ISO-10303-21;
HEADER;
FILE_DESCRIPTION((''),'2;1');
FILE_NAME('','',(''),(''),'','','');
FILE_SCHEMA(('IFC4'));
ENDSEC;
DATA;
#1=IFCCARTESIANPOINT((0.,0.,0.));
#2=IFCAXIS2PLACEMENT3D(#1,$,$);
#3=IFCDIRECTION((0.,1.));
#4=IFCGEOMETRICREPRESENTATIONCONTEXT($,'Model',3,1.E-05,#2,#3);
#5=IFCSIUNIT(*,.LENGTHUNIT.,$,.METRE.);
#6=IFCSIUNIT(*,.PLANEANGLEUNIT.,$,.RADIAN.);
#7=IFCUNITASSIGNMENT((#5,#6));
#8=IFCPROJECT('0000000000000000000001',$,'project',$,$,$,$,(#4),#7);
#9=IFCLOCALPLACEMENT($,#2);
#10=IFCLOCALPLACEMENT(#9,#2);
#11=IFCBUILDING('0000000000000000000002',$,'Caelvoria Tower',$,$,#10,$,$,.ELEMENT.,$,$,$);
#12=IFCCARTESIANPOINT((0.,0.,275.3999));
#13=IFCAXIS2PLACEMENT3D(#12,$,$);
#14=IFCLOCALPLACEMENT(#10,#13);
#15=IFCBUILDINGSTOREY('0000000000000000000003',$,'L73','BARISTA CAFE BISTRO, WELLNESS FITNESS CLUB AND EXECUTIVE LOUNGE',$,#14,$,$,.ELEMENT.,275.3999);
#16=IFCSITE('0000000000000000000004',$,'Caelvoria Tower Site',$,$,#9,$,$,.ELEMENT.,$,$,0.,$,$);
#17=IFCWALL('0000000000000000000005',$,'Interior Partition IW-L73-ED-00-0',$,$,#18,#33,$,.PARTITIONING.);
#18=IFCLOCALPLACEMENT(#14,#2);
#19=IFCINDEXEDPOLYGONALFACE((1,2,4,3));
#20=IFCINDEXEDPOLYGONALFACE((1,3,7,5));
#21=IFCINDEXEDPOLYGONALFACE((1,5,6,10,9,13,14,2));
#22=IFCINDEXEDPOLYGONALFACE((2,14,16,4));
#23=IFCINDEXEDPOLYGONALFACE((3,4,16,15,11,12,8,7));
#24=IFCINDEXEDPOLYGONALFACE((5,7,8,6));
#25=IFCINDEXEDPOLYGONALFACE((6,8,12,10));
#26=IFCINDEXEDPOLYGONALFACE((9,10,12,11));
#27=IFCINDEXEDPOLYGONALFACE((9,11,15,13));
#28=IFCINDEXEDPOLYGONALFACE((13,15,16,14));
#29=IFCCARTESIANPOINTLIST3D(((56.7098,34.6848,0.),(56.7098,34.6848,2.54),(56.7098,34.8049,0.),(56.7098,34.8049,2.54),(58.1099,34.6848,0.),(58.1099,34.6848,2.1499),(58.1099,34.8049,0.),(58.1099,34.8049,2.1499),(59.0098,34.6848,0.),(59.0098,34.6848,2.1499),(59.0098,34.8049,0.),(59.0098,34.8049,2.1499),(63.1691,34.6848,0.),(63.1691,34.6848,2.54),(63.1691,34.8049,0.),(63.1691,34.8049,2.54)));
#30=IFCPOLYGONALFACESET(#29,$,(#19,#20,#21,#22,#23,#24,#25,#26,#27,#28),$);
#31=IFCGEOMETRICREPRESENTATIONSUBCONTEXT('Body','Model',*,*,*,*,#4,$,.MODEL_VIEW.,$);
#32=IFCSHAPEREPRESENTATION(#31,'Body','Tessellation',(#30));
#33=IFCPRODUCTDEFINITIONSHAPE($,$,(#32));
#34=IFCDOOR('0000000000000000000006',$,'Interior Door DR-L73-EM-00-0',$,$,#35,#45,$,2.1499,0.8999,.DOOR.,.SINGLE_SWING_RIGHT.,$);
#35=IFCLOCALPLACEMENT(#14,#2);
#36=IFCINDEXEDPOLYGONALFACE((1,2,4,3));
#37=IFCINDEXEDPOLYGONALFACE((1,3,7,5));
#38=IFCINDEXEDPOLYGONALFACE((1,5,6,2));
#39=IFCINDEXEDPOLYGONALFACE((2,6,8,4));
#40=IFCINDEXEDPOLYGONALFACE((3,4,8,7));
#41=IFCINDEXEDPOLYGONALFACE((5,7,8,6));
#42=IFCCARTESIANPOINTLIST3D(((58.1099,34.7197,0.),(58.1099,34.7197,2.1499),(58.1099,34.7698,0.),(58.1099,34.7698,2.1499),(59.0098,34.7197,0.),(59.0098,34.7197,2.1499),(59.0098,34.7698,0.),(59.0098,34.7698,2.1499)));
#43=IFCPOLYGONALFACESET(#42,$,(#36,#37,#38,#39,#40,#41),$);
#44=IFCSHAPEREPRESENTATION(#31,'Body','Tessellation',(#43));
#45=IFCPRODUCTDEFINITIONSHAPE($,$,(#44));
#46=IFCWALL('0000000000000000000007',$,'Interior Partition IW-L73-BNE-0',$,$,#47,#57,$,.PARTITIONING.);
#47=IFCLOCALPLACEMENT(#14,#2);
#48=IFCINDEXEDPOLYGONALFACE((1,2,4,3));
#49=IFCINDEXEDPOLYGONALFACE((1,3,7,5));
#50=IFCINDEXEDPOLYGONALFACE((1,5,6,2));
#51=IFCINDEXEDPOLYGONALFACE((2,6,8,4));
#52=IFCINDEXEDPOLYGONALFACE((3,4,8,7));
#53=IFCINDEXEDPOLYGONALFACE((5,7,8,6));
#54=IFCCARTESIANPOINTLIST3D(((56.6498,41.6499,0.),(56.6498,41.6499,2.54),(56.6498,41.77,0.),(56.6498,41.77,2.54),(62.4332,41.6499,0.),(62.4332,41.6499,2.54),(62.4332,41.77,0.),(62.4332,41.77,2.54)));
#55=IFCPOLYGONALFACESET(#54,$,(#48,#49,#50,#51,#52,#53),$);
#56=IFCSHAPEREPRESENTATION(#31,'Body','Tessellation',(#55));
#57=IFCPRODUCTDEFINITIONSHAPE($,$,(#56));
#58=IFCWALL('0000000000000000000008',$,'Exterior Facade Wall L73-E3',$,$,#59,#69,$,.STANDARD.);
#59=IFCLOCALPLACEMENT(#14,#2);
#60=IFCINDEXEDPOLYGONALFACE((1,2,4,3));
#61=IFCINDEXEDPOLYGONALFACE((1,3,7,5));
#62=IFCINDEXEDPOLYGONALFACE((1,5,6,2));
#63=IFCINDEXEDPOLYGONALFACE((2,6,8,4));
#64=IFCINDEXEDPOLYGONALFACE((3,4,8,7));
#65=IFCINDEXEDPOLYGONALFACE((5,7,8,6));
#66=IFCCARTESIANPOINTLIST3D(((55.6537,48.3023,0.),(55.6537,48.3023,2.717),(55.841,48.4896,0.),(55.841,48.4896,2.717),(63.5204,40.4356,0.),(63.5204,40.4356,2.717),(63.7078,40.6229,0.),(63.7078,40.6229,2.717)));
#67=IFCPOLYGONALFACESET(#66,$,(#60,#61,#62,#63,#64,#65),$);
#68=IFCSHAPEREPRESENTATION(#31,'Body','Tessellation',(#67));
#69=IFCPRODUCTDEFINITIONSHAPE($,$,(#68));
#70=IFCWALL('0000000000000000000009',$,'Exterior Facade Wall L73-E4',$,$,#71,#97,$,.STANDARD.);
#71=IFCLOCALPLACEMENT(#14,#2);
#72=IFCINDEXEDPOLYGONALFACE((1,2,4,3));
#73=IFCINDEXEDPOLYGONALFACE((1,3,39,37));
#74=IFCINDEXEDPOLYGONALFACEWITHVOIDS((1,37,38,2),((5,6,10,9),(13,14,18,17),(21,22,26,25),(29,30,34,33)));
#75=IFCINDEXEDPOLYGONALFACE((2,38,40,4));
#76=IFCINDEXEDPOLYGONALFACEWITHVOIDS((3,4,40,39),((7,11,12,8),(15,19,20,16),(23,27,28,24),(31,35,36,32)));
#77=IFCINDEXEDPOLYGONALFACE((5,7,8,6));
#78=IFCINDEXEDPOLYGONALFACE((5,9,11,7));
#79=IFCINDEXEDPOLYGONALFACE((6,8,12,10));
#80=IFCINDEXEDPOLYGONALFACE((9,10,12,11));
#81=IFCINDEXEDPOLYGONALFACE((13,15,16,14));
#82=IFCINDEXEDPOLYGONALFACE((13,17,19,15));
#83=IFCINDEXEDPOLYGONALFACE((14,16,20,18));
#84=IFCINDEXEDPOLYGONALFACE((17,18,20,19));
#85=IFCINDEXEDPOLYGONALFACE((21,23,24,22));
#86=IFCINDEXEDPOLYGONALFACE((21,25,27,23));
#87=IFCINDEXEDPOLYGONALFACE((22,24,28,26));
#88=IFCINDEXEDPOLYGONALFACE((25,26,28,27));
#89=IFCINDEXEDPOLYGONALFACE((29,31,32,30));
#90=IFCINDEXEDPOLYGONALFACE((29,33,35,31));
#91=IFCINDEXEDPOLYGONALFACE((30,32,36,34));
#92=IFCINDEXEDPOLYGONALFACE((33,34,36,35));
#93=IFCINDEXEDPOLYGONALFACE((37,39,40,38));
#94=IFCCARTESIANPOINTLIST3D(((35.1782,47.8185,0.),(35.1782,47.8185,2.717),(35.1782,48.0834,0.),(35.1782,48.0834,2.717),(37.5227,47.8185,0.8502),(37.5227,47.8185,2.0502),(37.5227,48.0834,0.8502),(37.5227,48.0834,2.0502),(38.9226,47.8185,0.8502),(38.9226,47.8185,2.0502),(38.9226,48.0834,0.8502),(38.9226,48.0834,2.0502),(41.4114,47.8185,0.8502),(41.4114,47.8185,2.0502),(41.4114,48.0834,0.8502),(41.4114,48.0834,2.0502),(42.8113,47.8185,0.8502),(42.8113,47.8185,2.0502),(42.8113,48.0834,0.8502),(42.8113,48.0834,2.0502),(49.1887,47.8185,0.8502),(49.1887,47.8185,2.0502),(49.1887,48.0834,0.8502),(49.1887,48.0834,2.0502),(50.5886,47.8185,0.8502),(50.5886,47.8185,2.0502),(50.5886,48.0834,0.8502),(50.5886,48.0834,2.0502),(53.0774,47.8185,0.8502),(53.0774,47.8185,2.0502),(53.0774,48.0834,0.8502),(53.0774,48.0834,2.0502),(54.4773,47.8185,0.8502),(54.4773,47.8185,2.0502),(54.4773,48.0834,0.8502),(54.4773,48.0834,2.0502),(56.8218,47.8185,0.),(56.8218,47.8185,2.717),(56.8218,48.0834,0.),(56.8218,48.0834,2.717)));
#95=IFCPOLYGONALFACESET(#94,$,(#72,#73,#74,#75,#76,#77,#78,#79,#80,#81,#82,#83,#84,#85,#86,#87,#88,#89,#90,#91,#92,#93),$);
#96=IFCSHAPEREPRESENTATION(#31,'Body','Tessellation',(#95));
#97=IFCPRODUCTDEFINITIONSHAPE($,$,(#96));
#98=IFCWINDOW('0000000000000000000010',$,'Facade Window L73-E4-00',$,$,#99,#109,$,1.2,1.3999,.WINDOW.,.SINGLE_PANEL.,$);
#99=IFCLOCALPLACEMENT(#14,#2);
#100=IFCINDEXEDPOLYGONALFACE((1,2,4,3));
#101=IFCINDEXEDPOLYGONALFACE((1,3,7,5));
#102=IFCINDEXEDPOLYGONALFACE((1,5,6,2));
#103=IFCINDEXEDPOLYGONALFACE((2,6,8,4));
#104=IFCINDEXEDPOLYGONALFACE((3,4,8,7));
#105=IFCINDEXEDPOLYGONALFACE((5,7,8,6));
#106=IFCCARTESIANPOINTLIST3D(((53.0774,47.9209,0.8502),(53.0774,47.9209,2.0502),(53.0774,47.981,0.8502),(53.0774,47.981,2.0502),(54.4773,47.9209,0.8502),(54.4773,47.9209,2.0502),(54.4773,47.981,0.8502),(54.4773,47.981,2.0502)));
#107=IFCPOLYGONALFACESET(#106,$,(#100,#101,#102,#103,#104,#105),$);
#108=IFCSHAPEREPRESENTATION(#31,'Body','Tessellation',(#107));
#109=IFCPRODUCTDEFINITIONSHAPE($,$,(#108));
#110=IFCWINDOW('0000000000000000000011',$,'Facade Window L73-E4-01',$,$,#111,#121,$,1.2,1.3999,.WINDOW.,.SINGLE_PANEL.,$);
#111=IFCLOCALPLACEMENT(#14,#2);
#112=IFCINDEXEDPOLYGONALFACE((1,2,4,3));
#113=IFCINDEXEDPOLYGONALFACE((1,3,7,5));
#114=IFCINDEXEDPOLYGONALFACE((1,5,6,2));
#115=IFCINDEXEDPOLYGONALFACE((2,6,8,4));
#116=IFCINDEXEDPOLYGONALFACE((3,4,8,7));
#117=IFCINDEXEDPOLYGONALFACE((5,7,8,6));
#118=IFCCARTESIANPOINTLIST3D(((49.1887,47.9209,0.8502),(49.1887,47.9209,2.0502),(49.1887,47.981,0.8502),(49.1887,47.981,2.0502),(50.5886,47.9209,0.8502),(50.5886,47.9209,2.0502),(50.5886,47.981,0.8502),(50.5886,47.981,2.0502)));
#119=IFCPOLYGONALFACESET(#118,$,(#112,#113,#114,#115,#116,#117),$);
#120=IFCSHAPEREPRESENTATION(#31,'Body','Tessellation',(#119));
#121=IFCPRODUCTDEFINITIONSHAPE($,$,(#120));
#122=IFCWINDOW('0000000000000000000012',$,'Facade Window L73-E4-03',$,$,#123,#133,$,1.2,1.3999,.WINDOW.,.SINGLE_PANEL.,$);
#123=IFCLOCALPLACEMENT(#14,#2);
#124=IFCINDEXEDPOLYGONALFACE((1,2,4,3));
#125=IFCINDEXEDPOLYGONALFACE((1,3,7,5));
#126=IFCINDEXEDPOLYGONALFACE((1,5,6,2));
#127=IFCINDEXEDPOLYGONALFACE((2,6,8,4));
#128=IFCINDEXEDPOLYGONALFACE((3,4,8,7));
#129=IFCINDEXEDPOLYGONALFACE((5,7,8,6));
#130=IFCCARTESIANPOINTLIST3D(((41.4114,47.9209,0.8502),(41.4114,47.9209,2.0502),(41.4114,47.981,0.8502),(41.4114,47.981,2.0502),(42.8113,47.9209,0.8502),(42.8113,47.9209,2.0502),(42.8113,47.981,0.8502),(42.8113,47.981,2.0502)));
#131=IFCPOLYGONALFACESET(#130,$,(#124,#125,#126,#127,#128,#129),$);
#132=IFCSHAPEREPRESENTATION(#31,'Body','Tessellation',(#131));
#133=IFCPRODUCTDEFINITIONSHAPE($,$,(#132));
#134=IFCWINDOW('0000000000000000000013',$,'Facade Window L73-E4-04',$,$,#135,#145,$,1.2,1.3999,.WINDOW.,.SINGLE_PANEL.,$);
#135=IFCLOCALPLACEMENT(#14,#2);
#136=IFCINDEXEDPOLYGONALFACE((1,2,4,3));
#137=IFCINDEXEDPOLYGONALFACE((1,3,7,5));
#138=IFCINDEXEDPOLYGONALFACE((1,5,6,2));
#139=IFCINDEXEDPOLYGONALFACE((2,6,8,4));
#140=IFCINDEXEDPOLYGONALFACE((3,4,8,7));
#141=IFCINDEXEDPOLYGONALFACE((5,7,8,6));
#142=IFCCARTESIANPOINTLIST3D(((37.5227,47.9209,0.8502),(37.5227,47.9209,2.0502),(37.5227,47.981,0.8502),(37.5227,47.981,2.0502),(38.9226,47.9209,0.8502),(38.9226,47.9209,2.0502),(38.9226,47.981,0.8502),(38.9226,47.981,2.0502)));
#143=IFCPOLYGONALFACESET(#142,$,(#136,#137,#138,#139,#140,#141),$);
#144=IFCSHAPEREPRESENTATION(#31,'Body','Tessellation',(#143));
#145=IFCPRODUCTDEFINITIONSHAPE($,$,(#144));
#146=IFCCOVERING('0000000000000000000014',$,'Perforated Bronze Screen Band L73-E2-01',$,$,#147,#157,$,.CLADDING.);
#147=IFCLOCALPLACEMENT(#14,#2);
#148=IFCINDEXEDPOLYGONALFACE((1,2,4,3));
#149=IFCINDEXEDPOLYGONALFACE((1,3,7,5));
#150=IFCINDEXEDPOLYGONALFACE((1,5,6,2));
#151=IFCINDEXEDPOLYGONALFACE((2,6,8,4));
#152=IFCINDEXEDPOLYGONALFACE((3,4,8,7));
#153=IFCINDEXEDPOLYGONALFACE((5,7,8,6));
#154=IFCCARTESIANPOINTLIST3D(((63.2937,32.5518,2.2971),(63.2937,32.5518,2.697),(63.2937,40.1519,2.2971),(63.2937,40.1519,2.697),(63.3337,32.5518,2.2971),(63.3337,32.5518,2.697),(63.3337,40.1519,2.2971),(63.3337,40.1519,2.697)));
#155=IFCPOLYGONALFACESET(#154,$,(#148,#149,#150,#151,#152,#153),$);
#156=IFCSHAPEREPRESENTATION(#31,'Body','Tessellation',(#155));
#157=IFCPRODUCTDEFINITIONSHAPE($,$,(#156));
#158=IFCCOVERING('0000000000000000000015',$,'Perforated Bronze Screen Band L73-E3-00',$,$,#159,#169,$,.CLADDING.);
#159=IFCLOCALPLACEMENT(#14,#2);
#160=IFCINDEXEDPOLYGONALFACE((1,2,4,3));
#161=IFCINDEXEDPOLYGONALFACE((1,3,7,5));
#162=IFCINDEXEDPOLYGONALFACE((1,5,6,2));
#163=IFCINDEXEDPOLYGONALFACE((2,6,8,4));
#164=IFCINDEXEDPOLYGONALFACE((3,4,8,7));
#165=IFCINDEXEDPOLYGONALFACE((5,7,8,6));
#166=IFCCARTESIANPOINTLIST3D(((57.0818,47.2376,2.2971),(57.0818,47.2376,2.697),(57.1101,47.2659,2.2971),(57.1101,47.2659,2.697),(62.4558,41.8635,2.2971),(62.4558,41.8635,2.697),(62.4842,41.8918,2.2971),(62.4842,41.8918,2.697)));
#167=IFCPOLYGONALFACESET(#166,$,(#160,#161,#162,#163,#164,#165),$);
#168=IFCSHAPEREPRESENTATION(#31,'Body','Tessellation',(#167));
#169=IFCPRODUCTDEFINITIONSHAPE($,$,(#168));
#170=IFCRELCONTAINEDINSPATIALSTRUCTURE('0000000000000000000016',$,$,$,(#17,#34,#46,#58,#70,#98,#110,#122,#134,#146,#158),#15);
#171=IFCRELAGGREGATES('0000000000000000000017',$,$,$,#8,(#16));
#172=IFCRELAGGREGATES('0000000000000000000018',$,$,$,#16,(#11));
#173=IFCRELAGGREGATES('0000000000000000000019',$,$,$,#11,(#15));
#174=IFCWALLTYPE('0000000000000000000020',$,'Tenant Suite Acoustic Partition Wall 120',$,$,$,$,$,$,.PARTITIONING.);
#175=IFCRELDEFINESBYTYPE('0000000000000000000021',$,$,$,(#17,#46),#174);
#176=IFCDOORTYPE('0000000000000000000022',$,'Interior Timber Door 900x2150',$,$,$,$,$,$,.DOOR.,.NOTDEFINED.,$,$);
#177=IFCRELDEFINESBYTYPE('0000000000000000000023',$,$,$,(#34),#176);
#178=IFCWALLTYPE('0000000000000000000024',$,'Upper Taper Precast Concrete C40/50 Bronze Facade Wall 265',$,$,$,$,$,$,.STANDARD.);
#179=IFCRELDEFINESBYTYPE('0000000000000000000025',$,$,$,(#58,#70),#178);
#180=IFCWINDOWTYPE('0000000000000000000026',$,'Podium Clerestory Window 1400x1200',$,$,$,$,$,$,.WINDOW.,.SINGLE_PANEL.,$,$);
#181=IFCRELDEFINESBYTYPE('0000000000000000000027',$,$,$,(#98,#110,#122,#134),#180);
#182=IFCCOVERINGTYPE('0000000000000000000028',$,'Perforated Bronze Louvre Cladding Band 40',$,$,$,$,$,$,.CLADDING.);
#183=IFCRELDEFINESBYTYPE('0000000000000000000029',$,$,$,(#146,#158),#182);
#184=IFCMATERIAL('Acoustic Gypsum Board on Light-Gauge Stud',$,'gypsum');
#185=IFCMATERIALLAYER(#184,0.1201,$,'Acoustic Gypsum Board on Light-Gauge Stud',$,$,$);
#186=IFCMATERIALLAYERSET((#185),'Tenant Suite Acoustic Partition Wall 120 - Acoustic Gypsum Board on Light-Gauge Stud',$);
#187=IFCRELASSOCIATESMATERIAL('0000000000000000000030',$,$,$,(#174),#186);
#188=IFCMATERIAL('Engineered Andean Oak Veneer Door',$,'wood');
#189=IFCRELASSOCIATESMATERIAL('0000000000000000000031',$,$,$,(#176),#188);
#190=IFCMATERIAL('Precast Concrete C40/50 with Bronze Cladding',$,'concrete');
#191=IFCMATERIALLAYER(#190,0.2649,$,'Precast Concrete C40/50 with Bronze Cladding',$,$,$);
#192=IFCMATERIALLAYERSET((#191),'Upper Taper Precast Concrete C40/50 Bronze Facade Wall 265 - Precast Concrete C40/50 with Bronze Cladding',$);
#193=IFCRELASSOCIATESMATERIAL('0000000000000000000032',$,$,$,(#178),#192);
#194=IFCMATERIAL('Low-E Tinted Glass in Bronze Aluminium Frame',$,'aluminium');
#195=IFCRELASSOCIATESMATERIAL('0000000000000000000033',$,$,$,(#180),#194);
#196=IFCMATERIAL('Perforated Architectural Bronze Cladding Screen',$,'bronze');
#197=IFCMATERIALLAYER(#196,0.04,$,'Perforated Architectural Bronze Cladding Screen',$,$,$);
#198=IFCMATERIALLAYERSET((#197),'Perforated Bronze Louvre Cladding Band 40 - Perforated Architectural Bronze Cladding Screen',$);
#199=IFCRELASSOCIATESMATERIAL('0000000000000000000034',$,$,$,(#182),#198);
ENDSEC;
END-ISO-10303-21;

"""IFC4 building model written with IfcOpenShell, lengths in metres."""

from ifc_helpers import new_model, si_unit, direction, frame, frame_2d, origin, origin_2d, place, context, subcontext, project, spatial, rectangle, extrude, material, layer, layer_set, type_object, element, fill, save


model = new_model("IFC4")

# Units and contexts
model_context = context("Model", 3, precision=1e-05, world=origin(), true_north=direction((0.0, 1.0)))
body_context = subcontext(model_context, "Body", "Model", "MODEL_VIEW")
ifc_project = project(units=[si_unit("LENGTHUNIT", "METRE"), si_unit("PLANEANGLEUNIT", "RADIAN")], contexts=[model_context])

# Site, building, storey
site_placement = place(None, origin())
site = spatial("IfcSite", under=ifc_project, at=site_placement, Name="Caelvoria Tower Site", CompositionType="ELEMENT", RefElevation=0.0)
building_placement = place(site_placement, origin())
building = spatial("IfcBuilding", under=site, at=building_placement, Name="Caelvoria Tower", CompositionType="ELEMENT")
storey_placement = place(building_placement, frame((0.0, 0.0, 275.3999)))
storey = spatial("IfcBuildingStorey", under=building, at=storey_placement, Name="L73", Description="BARISTA CAFE BISTRO, WELLNESS FITNESS CLUB AND EXECUTIVE LOUNGE", CompositionType="ELEMENT", Elevation=275.3999)

# Wall, opening, door
ifc_material_1 = material(Name="Acoustic Gypsum Board on Light-Gauge Stud", Category="gypsum")
ifc_layer_1 = layer(ifc_material_1, 0.1201, Name="Acoustic Gypsum Board on Light-Gauge Stud")
ifc_layer_set_1 = layer_set([ifc_layer_1], Name="Tenant Suite Acoustic Partition Wall 120 - Acoustic Gypsum Board on Light-Gauge Stud")
wall_type_1 = type_object("IfcWallType", Name="Tenant Suite Acoustic Partition Wall 120", PredefinedType="PARTITIONING", material=ifc_layer_set_1)
wall_1_placement = place(storey_placement, frame((56.71, 34.7449, 0.0), z_axis=(0.0, 0.0, 1.0), x_axis=(1.0, 0.0, 0.0)))
wall_1 = element("IfcWall", 1, at=wall_1_placement, inside=storey, type_object=wall_type_1, Name="Interior Partition IW-L73-ED-00-0", PredefinedType="PARTITIONING", context=body_context, shape_type="SweptSolid", body=[
    extrude(rectangle(XDim=6.4592, YDim=0.1201, at=frame_2d((3.2295, 0.0))), origin(), (0.0, 0.0, 1.0), 2.54),
])
opening_1_placement = place(wall_1_placement, frame((1.3999, 0.0, 0.0)))
opening_1 = element("IfcOpeningElement", 2, at=opening_1_placement, cuts=wall_1, PredefinedType="OPENING", context=body_context, shape_type="SweptSolid", body=[
    extrude(rectangle(XDim=0.8999, YDim=2.1499, at=frame_2d((0.45, 1.075))), frame((0.0, 0.0701, 0.0), z_axis=(0.0, -1.0, 0.0), x_axis=(1.0, 0.0, 0.0)), (0.0, 0.0, 1.0), 0.1401),
])
ifc_material_2 = material(Name="Engineered Andean Oak Veneer Door", Category="wood")
door_type = type_object("IfcDoorType", Name="Interior Timber Door 900x2150", OperationType="NOTDEFINED", PredefinedType="DOOR", material=ifc_material_2)
door_placement = place(opening_1_placement, origin())
door = element("IfcDoor", 3, at=door_placement, inside=storey, type_object=door_type, Name="Interior Door DR-L73-EM-00-0", OperationType="SINGLE_SWING_RIGHT", OverallHeight=2.1499, OverallWidth=0.8999, PredefinedType="DOOR", context=body_context, shape_type="SweptSolid", body=[
    extrude(rectangle(XDim=0.8999, YDim=2.1499, at=frame_2d((0.45, 1.075))), frame((0.0, 0.0249, 0.0), z_axis=(0.0, -1.0, 0.0), x_axis=(1.0, 0.0, 0.0)), (0.0, 0.0, 1.0), 0.05),
])
fill(opening_1, door)

# Walls
wall_2_placement = place(storey_placement, frame((56.6499, 41.71, 0.0), z_axis=(0.0, 0.0, 1.0), x_axis=(1.0, 0.0, 0.0)))
element("IfcWall", 4, at=wall_2_placement, inside=storey, type_object=wall_type_1, Name="Interior Partition IW-L73-BNE-0", PredefinedType="PARTITIONING", context=body_context, shape_type="SweptSolid", body=[
    extrude(rectangle(XDim=5.7834, YDim=0.1201, at=frame_2d((2.8916, 0.0))), origin(), (0.0, 0.0, 1.0), 2.54),
])
ifc_material_3 = material(Name="Precast Concrete C40/50 with Bronze Cladding", Category="concrete")
ifc_layer_2 = layer(ifc_material_3, 0.2649, Name="Precast Concrete C40/50 with Bronze Cladding")
ifc_layer_set_2 = layer_set([ifc_layer_2], Name="Upper Taper Precast Concrete C40/50 Bronze Facade Wall 265 - Precast Concrete C40/50 with Bronze Cladding")
wall_type_2 = type_object("IfcWallType", Name="Upper Taper Precast Concrete C40/50 Bronze Facade Wall 265", PredefinedType="STANDARD", material=ifc_layer_set_2)
wall_3_placement = place(storey_placement, frame((63.614, 40.5293, 0.0), z_axis=(0.0, 0.0, 1.0), x_axis=(-0.707107, 0.707107, 0.0)))
element("IfcWall", 5, at=wall_3_placement, inside=storey, type_object=wall_type_2, Name="Exterior Facade Wall L73-E3", PredefinedType="STANDARD", context=body_context, shape_type="SweptSolid", body=[
    extrude(rectangle(XDim=11.1252, YDim=0.2649, at=frame_2d((5.5625, 0.0))), origin(), (0.0, 0.0, 1.0), 2.717),
])

# Wall, openings, windows
wall_4_placement = place(storey_placement, frame((56.8218, 47.9509, 0.0), z_axis=(0.0, 0.0, 1.0), x_axis=(-1.0, 0.0, 0.0)))
wall_4 = element("IfcWall", 6, at=wall_4_placement, inside=storey, type_object=wall_type_2, Name="Exterior Facade Wall L73-E4", PredefinedType="STANDARD", context=body_context, shape_type="SweptSolid", body=[
    extrude(rectangle(XDim=21.6436, YDim=0.2649, at=frame_2d((10.8218, 0.0))), origin(), (0.0, 0.0, 1.0), 2.717),
])
opening_2_placement = place(wall_4_placement, frame((2.3445, 0.0, 0.8501)))
opening_2 = element("IfcOpeningElement", 7, at=opening_2_placement, cuts=wall_4, PredefinedType="OPENING", context=body_context, shape_type="SweptSolid", body=[
    extrude(rectangle(XDim=1.3999, YDim=1.2, at=frame_2d((0.7, 0.6001))), frame((0.0, 0.1423, 0.0), z_axis=(0.0, -1.0, 0.0), x_axis=(1.0, 0.0, 0.0)), (0.0, 0.0, 1.0), 0.2849),
])
opening_3_placement = place(wall_4_placement, frame((6.2332, 0.0, 0.8501)))
opening_3 = element("IfcOpeningElement", 8, at=opening_3_placement, cuts=wall_4, PredefinedType="OPENING", context=body_context, shape_type="SweptSolid", body=[
    extrude(rectangle(XDim=1.3999, YDim=1.2, at=frame_2d((0.7, 0.6001))), frame((0.0, 0.1423, 0.0), z_axis=(0.0, -1.0, 0.0), x_axis=(1.0, 0.0, 0.0)), (0.0, 0.0, 1.0), 0.2849),
])
opening_4_placement = place(wall_4_placement, frame((14.0105, 0.0, 0.8501)))
opening_4 = element("IfcOpeningElement", 9, at=opening_4_placement, cuts=wall_4, PredefinedType="OPENING", context=body_context, shape_type="SweptSolid", body=[
    extrude(rectangle(XDim=1.3999, YDim=1.2, at=frame_2d((0.7, 0.6001))), frame((0.0, 0.1423, 0.0), z_axis=(0.0, -1.0, 0.0), x_axis=(1.0, 0.0, 0.0)), (0.0, 0.0, 1.0), 0.2849),
])
opening_5_placement = place(wall_4_placement, frame((17.8992, 0.0, 0.8501)))
opening_5 = element("IfcOpeningElement", 10, at=opening_5_placement, cuts=wall_4, PredefinedType="OPENING", context=body_context, shape_type="SweptSolid", body=[
    extrude(rectangle(XDim=1.3999, YDim=1.2, at=frame_2d((0.7, 0.6001))), frame((0.0, 0.1423, 0.0), z_axis=(0.0, -1.0, 0.0), x_axis=(1.0, 0.0, 0.0)), (0.0, 0.0, 1.0), 0.2849),
])
ifc_material_4 = material(Name="Low-E Tinted Glass in Bronze Aluminium Frame", Category="aluminium")
window_type = type_object("IfcWindowType", Name="Podium Clerestory Window 1400x1200", PartitioningType="SINGLE_PANEL", PredefinedType="WINDOW", material=ifc_material_4)
window_1_placement = place(opening_2_placement, origin())
window_1 = element("IfcWindow", 11, at=window_1_placement, inside=storey, type_object=window_type, Name="Facade Window L73-E4-00", OverallHeight=1.2, OverallWidth=1.3999, PartitioningType="SINGLE_PANEL", PredefinedType="WINDOW", context=body_context, shape_type="SweptSolid", body=[
    extrude(rectangle(XDim=1.3999, YDim=1.2, at=frame_2d((0.7, 0.6001))), frame((0.0, 0.03, 0.0), z_axis=(0.0, -1.0, 0.0), x_axis=(1.0, 0.0, 0.0)), (0.0, 0.0, 1.0), 0.0601),
])
fill(opening_2, window_1)
window_2_placement = place(opening_3_placement, origin())
window_2 = element("IfcWindow", 12, at=window_2_placement, inside=storey, type_object=window_type, Name="Facade Window L73-E4-01", OverallHeight=1.2, OverallWidth=1.3999, PartitioningType="SINGLE_PANEL", PredefinedType="WINDOW", context=body_context, shape_type="SweptSolid", body=[
    extrude(rectangle(XDim=1.3999, YDim=1.2, at=frame_2d((0.7, 0.6001))), frame((0.0, 0.03, 0.0), z_axis=(0.0, -1.0, 0.0), x_axis=(1.0, 0.0, 0.0)), (0.0, 0.0, 1.0), 0.0601),
])
fill(opening_3, window_2)
window_3_placement = place(opening_4_placement, origin())
window_3 = element("IfcWindow", 13, at=window_3_placement, inside=storey, type_object=window_type, Name="Facade Window L73-E4-03", OverallHeight=1.2, OverallWidth=1.3999, PartitioningType="SINGLE_PANEL", PredefinedType="WINDOW", context=body_context, shape_type="SweptSolid", body=[
    extrude(rectangle(XDim=1.3999, YDim=1.2, at=frame_2d((0.7, 0.6001))), frame((0.0, 0.03, 0.0), z_axis=(0.0, -1.0, 0.0), x_axis=(1.0, 0.0, 0.0)), (0.0, 0.0, 1.0), 0.0601),
])
fill(opening_4, window_3)
window_4_placement = place(opening_5_placement, origin())
window_4 = element("IfcWindow", 14, at=window_4_placement, inside=storey, type_object=window_type, Name="Facade Window L73-E4-04", OverallHeight=1.2, OverallWidth=1.3999, PartitioningType="SINGLE_PANEL", PredefinedType="WINDOW", context=body_context, shape_type="SweptSolid", body=[
    extrude(rectangle(XDim=1.3999, YDim=1.2, at=frame_2d((0.7, 0.6001))), frame((0.0, 0.03, 0.0), z_axis=(0.0, -1.0, 0.0), x_axis=(1.0, 0.0, 0.0)), (0.0, 0.0, 1.0), 0.0601),
])
fill(opening_5, window_4)

# Coverings
ifc_material_5 = material(Name="Perforated Architectural Bronze Cladding Screen", Category="bronze")
ifc_layer_3 = layer(ifc_material_5, 0.04, Name="Perforated Architectural Bronze Cladding Screen")
ifc_layer_set_3 = layer_set([ifc_layer_3], Name="Perforated Bronze Louvre Cladding Band 40 - Perforated Architectural Bronze Cladding Screen")
covering_type = type_object("IfcCoveringType", Name="Perforated Bronze Louvre Cladding Band 40", PredefinedType="CLADDING", material=ifc_layer_set_3)
for number, where, z_axis, x_axis, name in (
    (15, (63.3137, 36.3518, 2.2971), (0.0, 0.0, 1.0), (0.0, 1.0, 0.0), "Perforated Bronze Screen Band L73-E2-01"),
    (16, (59.783, 44.5647, 2.2971), (0.0, 0.0, 1.0), (-0.707107, 0.707107, 0.0), "Perforated Bronze Screen Band L73-E3-00"),
):
    element("IfcCovering", number, at=place(storey_placement, frame(where, z_axis=z_axis, x_axis=x_axis)), inside=storey, type_object=covering_type, Name=name, PredefinedType="CLADDING", context=body_context, shape_type="SweptSolid", body=[
        extrude(rectangle(XDim=7.6001, YDim=0.04, at=origin_2d()), origin(), (0.0, 0.0, 1.0), 0.3999),
    ])

save(model, "model.ifc")
